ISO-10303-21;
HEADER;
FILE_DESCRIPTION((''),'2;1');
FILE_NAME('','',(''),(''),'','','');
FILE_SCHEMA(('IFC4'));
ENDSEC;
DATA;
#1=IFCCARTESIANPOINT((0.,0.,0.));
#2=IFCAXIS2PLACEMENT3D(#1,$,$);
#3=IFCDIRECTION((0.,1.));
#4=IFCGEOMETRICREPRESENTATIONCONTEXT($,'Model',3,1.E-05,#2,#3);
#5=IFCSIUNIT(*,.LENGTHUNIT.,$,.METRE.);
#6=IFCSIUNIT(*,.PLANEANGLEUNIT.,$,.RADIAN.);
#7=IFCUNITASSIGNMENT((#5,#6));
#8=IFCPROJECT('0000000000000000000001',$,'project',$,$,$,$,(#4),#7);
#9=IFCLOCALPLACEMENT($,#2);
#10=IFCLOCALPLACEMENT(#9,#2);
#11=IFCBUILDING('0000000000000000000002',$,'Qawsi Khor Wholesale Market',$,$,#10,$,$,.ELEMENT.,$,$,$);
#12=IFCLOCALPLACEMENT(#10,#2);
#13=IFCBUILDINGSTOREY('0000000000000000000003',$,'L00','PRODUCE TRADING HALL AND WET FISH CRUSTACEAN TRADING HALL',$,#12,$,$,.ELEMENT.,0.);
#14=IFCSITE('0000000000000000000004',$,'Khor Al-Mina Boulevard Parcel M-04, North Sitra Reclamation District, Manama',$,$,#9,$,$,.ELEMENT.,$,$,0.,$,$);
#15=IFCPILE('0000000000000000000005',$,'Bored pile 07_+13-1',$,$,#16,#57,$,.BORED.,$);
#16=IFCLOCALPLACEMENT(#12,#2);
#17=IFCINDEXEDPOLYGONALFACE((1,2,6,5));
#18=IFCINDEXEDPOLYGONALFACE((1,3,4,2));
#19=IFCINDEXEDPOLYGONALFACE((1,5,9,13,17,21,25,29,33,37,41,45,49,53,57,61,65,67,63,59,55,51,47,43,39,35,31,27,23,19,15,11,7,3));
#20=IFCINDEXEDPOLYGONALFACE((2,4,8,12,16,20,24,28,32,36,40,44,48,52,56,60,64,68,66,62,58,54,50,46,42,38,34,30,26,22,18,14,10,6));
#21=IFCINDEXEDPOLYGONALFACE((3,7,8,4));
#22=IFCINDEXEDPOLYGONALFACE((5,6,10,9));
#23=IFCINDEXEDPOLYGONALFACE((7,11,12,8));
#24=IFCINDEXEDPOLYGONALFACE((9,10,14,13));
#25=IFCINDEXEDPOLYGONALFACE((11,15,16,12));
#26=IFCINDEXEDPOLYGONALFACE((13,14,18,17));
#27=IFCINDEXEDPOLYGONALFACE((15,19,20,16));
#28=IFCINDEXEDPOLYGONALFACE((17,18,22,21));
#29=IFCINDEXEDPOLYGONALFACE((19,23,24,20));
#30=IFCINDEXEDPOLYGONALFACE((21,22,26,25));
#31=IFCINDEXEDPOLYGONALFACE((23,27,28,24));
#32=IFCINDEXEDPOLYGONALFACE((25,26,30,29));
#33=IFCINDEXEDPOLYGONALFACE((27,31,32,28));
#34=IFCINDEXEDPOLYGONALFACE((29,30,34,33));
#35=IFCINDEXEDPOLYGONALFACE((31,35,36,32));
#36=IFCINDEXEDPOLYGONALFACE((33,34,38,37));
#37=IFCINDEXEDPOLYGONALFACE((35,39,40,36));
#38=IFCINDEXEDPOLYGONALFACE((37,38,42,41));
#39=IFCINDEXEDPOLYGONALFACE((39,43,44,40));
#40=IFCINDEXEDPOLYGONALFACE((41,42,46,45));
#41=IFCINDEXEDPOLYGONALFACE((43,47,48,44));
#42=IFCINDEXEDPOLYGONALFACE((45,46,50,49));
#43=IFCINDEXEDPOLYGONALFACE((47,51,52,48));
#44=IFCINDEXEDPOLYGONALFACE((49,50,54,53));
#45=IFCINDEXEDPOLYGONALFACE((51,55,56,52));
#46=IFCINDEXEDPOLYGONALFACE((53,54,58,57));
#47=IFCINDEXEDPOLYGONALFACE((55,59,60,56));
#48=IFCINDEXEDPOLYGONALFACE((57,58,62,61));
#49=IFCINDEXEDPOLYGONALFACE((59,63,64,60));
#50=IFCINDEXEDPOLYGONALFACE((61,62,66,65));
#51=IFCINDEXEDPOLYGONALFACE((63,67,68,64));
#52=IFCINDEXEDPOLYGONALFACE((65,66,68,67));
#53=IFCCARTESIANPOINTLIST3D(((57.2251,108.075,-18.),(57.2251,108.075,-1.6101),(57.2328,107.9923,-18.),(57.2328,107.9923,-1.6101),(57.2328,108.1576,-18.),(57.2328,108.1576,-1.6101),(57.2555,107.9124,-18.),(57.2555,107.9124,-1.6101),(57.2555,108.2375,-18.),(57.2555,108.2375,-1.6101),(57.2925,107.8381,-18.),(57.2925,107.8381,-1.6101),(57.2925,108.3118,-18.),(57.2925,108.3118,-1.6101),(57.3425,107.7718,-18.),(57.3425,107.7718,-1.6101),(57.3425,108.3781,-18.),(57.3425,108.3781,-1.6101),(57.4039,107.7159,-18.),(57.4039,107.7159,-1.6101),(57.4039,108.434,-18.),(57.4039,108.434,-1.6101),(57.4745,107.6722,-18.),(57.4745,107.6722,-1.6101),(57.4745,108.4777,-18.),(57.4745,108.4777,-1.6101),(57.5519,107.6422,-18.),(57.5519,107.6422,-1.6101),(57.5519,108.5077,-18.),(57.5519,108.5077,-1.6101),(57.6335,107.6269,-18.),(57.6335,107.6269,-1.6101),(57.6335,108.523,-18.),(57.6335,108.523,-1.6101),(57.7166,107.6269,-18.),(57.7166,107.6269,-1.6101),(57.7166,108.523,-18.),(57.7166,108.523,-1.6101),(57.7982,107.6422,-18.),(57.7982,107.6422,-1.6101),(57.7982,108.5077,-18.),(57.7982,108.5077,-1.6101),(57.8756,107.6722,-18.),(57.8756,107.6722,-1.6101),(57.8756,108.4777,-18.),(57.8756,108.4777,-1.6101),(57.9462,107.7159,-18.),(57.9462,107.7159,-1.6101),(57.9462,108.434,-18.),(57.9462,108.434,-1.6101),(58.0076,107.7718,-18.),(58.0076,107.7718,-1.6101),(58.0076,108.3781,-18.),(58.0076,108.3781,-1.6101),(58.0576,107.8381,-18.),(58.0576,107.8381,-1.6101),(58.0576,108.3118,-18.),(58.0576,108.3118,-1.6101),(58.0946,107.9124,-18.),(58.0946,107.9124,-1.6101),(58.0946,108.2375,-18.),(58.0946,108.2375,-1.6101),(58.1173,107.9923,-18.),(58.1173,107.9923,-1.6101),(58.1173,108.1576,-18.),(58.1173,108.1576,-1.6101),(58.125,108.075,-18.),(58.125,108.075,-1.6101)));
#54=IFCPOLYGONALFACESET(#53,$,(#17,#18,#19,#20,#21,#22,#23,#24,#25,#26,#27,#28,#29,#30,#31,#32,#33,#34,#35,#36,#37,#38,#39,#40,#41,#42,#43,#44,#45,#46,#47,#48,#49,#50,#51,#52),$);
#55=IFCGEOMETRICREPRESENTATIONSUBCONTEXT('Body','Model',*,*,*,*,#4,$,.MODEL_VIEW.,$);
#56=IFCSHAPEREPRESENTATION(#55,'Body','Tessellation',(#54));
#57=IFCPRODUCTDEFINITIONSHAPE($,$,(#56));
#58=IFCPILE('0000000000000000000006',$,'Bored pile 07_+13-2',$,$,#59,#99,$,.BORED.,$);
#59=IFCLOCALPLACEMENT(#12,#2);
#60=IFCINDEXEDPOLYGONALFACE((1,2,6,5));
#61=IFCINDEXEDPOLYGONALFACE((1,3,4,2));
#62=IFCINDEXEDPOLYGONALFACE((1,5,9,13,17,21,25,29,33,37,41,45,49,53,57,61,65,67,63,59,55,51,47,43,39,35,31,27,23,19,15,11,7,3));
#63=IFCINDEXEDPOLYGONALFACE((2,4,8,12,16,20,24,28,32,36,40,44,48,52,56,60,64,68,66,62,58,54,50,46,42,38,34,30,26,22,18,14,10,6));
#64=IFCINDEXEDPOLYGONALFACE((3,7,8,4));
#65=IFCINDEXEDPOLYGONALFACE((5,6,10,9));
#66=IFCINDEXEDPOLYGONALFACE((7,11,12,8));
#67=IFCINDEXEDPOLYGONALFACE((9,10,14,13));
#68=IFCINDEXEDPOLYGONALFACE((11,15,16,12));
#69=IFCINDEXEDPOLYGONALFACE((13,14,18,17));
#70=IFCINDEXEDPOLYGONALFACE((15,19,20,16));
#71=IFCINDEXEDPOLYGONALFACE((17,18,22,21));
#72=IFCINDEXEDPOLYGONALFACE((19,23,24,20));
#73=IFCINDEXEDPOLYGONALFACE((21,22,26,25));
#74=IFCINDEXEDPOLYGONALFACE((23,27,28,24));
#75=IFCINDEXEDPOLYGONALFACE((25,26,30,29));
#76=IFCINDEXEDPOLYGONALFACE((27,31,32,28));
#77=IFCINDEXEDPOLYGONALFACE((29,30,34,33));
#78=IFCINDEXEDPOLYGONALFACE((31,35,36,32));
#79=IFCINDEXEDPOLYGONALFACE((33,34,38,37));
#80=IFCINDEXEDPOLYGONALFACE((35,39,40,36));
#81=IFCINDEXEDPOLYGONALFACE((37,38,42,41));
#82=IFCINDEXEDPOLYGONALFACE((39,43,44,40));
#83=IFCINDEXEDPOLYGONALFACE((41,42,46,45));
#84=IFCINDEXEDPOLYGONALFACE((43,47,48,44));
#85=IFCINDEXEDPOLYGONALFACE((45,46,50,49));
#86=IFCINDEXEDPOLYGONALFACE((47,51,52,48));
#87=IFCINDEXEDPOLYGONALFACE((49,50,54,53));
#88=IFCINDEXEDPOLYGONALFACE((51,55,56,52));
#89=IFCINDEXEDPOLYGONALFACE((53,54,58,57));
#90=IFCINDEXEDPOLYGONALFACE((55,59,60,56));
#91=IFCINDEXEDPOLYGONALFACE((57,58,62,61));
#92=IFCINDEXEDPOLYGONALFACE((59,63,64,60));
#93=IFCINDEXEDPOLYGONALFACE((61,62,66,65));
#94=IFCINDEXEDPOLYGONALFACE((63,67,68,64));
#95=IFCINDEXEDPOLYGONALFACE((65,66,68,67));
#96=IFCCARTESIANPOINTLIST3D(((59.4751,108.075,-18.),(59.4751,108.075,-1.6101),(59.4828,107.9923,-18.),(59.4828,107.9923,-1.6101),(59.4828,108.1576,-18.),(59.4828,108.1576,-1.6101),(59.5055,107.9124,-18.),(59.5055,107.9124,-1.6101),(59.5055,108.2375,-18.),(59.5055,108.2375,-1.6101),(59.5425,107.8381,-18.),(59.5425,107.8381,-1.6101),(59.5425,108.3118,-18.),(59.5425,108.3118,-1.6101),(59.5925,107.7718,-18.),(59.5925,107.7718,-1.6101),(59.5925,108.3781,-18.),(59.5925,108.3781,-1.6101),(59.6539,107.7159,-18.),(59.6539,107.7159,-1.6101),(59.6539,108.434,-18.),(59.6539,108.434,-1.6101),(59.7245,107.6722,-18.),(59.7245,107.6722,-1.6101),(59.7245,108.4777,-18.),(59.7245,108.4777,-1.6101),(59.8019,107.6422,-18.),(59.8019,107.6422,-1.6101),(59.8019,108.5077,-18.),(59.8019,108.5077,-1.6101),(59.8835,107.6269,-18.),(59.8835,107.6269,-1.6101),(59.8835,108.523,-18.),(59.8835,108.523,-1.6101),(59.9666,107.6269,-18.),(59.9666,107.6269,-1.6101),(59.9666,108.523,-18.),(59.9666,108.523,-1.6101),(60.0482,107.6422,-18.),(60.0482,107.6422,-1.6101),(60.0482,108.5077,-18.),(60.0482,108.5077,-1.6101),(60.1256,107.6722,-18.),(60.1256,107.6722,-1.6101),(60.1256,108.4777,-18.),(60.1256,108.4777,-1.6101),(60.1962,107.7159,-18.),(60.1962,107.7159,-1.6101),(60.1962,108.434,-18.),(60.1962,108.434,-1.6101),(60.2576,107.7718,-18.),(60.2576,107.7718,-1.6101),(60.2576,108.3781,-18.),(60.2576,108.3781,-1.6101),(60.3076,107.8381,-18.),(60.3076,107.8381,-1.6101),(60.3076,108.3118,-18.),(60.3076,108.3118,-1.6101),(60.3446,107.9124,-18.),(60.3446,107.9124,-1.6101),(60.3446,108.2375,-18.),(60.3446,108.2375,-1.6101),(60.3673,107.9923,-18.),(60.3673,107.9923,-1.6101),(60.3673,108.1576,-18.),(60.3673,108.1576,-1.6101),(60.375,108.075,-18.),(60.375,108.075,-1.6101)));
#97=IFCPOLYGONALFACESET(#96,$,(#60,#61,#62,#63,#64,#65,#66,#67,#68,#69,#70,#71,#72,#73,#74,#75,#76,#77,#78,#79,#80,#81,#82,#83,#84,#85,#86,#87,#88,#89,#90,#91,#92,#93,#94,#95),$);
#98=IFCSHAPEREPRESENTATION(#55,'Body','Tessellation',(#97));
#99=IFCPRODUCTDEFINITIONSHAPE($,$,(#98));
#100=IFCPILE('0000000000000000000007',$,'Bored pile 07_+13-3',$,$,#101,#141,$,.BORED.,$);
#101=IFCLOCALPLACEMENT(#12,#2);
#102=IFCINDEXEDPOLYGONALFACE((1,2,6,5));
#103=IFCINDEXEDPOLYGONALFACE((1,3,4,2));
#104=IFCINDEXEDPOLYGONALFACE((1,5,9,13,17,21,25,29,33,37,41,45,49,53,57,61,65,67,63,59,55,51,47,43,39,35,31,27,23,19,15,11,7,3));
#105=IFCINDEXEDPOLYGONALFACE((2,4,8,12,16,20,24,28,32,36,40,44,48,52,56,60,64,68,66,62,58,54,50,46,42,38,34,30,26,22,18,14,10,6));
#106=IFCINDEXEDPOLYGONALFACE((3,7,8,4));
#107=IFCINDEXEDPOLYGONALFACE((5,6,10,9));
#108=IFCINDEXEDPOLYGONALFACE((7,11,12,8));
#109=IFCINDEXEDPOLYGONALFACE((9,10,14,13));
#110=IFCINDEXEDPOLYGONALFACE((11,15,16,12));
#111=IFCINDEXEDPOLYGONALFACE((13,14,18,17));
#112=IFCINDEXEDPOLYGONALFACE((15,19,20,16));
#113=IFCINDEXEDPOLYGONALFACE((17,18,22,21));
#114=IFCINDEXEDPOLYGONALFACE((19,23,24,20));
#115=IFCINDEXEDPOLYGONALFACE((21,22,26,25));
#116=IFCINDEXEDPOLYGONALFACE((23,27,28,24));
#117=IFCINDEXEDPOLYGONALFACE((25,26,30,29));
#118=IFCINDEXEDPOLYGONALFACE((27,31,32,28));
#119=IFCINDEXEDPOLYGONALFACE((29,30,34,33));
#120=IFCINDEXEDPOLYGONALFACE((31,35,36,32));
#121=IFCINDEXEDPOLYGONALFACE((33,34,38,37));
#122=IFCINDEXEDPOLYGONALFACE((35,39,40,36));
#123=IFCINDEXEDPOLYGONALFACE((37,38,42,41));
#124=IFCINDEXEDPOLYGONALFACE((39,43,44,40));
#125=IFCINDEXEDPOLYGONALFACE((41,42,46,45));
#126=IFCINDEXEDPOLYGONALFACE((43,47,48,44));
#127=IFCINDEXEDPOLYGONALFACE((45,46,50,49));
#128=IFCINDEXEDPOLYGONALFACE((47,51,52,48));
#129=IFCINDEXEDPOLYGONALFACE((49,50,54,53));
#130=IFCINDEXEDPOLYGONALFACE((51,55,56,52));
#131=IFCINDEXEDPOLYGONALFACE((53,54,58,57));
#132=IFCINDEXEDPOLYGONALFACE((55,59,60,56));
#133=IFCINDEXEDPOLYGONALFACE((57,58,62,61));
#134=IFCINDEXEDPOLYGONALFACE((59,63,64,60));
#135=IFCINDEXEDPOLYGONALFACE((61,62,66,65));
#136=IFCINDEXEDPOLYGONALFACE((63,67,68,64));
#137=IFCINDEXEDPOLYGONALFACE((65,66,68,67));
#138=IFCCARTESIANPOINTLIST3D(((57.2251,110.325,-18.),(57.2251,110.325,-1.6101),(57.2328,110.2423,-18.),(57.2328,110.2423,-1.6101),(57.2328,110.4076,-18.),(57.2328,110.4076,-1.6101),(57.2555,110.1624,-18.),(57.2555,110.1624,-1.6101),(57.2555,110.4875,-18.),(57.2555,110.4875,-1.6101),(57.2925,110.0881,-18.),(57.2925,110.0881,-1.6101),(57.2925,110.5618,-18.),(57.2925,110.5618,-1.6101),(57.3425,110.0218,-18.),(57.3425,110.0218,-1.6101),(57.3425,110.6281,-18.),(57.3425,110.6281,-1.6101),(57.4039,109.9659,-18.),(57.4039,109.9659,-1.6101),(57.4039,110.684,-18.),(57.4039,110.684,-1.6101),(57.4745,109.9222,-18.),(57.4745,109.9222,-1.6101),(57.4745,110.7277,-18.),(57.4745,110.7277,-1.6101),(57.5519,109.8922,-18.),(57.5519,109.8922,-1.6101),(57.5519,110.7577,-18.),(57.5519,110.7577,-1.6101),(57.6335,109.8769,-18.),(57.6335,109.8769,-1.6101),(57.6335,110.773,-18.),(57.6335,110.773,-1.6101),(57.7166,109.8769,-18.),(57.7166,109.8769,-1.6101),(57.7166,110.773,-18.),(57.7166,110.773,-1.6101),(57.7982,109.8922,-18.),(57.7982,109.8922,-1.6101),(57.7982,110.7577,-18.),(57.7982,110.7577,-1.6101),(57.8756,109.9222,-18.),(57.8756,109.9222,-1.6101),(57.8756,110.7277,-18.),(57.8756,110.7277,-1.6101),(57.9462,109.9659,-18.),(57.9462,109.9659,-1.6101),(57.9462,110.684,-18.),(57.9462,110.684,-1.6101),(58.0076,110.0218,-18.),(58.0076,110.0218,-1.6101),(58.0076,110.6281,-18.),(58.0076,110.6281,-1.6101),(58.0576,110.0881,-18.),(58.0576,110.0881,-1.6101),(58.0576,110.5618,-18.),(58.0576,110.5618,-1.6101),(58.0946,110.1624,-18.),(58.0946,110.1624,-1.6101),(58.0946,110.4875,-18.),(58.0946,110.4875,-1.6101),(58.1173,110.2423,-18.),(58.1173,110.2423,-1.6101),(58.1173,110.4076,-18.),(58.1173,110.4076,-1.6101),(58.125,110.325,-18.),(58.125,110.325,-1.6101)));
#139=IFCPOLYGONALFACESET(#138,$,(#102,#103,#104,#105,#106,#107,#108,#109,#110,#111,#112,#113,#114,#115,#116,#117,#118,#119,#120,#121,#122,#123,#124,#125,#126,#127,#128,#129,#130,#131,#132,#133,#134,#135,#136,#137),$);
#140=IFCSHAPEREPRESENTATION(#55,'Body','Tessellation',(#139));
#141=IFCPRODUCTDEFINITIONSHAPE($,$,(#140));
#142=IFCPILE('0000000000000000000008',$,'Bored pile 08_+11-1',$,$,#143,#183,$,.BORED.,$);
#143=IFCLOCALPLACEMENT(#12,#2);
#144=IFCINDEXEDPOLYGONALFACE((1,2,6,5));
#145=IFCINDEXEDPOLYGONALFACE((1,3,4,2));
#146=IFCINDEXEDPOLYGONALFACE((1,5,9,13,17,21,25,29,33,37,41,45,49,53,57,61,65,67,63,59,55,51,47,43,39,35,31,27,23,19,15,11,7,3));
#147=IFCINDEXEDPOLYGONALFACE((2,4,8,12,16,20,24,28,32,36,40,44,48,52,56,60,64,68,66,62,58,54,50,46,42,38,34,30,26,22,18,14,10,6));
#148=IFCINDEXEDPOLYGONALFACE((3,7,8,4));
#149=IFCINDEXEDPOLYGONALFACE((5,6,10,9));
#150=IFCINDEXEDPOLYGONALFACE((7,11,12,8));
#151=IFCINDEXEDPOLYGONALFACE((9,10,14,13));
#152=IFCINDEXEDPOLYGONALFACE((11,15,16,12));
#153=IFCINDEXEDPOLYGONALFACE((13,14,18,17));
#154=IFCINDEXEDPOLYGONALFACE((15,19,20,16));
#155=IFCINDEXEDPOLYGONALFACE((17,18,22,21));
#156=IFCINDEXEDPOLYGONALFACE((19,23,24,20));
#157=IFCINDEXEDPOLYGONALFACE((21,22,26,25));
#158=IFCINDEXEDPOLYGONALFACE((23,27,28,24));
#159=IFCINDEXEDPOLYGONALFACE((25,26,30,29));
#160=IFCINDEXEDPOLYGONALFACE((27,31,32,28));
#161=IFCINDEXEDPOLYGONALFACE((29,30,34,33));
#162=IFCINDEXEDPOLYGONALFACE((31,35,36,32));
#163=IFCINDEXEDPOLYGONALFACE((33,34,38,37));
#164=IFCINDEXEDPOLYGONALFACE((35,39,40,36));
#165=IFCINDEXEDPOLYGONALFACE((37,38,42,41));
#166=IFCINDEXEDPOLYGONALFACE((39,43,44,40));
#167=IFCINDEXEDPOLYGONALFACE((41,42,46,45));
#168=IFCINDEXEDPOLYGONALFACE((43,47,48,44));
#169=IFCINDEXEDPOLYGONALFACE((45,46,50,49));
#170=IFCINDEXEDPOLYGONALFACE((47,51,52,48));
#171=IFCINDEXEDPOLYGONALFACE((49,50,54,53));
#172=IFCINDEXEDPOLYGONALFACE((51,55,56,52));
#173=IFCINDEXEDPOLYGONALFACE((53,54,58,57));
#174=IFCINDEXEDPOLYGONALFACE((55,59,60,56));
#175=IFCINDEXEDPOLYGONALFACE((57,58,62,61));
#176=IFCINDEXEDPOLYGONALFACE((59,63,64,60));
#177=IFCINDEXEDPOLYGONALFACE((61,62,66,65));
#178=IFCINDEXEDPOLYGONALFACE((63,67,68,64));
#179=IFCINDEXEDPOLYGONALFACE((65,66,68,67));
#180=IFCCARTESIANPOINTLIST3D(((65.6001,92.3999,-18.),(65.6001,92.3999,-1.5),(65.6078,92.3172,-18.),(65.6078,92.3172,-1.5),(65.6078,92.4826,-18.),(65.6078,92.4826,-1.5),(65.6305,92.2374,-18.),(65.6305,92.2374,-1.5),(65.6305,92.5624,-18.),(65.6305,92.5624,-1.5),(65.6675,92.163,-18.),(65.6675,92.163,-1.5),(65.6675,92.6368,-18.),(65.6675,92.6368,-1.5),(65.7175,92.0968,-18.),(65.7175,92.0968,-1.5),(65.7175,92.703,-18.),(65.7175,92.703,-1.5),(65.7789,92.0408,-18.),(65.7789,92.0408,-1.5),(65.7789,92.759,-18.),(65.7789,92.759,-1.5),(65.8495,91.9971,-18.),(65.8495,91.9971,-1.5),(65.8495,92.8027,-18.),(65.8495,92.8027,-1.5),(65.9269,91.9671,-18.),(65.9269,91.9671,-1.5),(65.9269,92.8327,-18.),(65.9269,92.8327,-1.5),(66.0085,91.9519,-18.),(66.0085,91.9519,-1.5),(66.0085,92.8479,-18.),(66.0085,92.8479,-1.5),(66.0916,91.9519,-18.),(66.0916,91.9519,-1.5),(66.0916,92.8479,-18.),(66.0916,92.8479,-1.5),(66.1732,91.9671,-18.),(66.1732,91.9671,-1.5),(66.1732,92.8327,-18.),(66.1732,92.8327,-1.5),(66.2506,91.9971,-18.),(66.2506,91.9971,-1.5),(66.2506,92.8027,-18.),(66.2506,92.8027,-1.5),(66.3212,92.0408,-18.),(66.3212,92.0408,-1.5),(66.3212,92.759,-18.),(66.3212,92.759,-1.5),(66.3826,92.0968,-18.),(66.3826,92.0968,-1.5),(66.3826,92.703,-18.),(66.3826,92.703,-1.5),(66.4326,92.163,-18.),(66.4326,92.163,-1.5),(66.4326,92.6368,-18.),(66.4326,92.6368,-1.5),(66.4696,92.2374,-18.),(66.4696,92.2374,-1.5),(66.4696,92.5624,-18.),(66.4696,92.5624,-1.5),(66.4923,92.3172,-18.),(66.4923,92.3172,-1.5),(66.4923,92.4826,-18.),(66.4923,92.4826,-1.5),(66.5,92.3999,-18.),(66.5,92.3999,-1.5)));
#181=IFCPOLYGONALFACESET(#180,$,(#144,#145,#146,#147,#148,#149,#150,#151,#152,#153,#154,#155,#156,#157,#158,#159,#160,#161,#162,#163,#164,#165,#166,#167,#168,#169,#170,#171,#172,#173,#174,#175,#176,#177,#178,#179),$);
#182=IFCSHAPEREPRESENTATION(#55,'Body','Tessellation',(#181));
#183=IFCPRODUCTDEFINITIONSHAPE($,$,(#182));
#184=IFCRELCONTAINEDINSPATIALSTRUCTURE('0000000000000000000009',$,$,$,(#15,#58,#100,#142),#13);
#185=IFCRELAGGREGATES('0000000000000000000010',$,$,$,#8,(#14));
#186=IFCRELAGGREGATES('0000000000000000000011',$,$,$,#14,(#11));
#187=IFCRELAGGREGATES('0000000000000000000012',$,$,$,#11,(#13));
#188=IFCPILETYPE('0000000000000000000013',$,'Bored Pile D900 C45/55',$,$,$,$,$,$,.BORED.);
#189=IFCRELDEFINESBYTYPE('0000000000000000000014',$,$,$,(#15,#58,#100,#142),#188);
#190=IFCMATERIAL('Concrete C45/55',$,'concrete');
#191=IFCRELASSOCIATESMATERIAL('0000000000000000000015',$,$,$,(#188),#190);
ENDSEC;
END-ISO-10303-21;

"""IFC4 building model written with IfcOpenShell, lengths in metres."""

from ifc_helpers import new_model, si_unit, direction, frame, origin, origin_2d, place, context, subcontext, project, spatial, circle, extrude, material, material_profile, profile_set, type_object, element, save


model = new_model("IFC4")

# Units and contexts
model_context = context("Model", 3, precision=1e-05, world=origin(), true_north=direction((0.0, 1.0)))
body_context = subcontext(model_context, "Body", "Model", "MODEL_VIEW")
ifc_project = project(units=[si_unit("LENGTHUNIT", "METRE"), si_unit("PLANEANGLEUNIT", "RADIAN")], contexts=[model_context])

# Site, building, storey
site_placement = place(None, origin())
site = spatial("IfcSite", under=ifc_project, at=site_placement, Name="Khor Al-Mina Boulevard Parcel M-04, North Sitra Reclamation District, Manama", CompositionType="ELEMENT", RefElevation=0.0)
building_placement = place(site_placement, origin())
building = spatial("IfcBuilding", under=site, at=building_placement, Name="Qawsi Khor Wholesale Market", CompositionType="ELEMENT")
storey_placement = place(building_placement, origin())
storey = spatial("IfcBuildingStorey", under=building, at=storey_placement, Name="L00", Description="PRODUCE TRADING HALL AND WET FISH CRUSTACEAN TRADING HALL", CompositionType="ELEMENT", Elevation=0.0)

# Piles
ifc_material_1 = material(Name="Concrete C45/55", Category="concrete")
ifc_material_profile_1 = material_profile(ifc_material_1, circle(Radius=0.45, at=origin_2d()), Name="PILE D900")
ifc_profile_set_1 = profile_set([ifc_material_profile_1], Name="Concrete C45/55")
pile_type_1 = type_object("IfcPileType", Name="Bored Pile D900 C45/55", PredefinedType="BORED", material=ifc_profile_set_1)
for number, where, z_axis, x_axis, name in (
    (1, (57.675, 108.075, -1.6101), (0.0, 0.0, -1.0), (1.0, 0.0, 0.0), "Bored pile 07_+13-1"),
    (2, (59.925, 108.075, -1.6101), (0.0, 0.0, -1.0), (1.0, 0.0, 0.0), "Bored pile 07_+13-2"),
    (3, (57.675, 110.325, -1.6101), (0.0, 0.0, -1.0), (1.0, 0.0, 0.0), "Bored pile 07_+13-3"),
):
    element("IfcPile", number, at=place(storey_placement, frame(where, z_axis=z_axis, x_axis=x_axis)), inside=storey, type_object=pile_type_1, Name=name, PredefinedType="BORED", context=body_context, shape_type="SweptSolid", body=[
        extrude(circle(Radius=0.45, at=origin_2d()), origin(), (0.0, 0.0, 1.0), 16.3899),
    ])
for number, where, z_axis, x_axis, name in (
    (4, (66.05, 92.3999, -1.5), (0.0, 0.0, -1.0), (1.0, 0.0, 0.0), "Bored pile 08_+11-1"),
):
    element("IfcPile", number, at=place(storey_placement, frame(where, z_axis=z_axis, x_axis=x_axis)), inside=storey, type_object=pile_type_1, Name=name, PredefinedType="BORED", context=body_context, shape_type="SweptSolid", body=[
        extrude(circle(Radius=0.45, at=origin_2d()), origin(), (0.0, 0.0, 1.0), 16.5),
    ])

save(model, "model.ifc")
